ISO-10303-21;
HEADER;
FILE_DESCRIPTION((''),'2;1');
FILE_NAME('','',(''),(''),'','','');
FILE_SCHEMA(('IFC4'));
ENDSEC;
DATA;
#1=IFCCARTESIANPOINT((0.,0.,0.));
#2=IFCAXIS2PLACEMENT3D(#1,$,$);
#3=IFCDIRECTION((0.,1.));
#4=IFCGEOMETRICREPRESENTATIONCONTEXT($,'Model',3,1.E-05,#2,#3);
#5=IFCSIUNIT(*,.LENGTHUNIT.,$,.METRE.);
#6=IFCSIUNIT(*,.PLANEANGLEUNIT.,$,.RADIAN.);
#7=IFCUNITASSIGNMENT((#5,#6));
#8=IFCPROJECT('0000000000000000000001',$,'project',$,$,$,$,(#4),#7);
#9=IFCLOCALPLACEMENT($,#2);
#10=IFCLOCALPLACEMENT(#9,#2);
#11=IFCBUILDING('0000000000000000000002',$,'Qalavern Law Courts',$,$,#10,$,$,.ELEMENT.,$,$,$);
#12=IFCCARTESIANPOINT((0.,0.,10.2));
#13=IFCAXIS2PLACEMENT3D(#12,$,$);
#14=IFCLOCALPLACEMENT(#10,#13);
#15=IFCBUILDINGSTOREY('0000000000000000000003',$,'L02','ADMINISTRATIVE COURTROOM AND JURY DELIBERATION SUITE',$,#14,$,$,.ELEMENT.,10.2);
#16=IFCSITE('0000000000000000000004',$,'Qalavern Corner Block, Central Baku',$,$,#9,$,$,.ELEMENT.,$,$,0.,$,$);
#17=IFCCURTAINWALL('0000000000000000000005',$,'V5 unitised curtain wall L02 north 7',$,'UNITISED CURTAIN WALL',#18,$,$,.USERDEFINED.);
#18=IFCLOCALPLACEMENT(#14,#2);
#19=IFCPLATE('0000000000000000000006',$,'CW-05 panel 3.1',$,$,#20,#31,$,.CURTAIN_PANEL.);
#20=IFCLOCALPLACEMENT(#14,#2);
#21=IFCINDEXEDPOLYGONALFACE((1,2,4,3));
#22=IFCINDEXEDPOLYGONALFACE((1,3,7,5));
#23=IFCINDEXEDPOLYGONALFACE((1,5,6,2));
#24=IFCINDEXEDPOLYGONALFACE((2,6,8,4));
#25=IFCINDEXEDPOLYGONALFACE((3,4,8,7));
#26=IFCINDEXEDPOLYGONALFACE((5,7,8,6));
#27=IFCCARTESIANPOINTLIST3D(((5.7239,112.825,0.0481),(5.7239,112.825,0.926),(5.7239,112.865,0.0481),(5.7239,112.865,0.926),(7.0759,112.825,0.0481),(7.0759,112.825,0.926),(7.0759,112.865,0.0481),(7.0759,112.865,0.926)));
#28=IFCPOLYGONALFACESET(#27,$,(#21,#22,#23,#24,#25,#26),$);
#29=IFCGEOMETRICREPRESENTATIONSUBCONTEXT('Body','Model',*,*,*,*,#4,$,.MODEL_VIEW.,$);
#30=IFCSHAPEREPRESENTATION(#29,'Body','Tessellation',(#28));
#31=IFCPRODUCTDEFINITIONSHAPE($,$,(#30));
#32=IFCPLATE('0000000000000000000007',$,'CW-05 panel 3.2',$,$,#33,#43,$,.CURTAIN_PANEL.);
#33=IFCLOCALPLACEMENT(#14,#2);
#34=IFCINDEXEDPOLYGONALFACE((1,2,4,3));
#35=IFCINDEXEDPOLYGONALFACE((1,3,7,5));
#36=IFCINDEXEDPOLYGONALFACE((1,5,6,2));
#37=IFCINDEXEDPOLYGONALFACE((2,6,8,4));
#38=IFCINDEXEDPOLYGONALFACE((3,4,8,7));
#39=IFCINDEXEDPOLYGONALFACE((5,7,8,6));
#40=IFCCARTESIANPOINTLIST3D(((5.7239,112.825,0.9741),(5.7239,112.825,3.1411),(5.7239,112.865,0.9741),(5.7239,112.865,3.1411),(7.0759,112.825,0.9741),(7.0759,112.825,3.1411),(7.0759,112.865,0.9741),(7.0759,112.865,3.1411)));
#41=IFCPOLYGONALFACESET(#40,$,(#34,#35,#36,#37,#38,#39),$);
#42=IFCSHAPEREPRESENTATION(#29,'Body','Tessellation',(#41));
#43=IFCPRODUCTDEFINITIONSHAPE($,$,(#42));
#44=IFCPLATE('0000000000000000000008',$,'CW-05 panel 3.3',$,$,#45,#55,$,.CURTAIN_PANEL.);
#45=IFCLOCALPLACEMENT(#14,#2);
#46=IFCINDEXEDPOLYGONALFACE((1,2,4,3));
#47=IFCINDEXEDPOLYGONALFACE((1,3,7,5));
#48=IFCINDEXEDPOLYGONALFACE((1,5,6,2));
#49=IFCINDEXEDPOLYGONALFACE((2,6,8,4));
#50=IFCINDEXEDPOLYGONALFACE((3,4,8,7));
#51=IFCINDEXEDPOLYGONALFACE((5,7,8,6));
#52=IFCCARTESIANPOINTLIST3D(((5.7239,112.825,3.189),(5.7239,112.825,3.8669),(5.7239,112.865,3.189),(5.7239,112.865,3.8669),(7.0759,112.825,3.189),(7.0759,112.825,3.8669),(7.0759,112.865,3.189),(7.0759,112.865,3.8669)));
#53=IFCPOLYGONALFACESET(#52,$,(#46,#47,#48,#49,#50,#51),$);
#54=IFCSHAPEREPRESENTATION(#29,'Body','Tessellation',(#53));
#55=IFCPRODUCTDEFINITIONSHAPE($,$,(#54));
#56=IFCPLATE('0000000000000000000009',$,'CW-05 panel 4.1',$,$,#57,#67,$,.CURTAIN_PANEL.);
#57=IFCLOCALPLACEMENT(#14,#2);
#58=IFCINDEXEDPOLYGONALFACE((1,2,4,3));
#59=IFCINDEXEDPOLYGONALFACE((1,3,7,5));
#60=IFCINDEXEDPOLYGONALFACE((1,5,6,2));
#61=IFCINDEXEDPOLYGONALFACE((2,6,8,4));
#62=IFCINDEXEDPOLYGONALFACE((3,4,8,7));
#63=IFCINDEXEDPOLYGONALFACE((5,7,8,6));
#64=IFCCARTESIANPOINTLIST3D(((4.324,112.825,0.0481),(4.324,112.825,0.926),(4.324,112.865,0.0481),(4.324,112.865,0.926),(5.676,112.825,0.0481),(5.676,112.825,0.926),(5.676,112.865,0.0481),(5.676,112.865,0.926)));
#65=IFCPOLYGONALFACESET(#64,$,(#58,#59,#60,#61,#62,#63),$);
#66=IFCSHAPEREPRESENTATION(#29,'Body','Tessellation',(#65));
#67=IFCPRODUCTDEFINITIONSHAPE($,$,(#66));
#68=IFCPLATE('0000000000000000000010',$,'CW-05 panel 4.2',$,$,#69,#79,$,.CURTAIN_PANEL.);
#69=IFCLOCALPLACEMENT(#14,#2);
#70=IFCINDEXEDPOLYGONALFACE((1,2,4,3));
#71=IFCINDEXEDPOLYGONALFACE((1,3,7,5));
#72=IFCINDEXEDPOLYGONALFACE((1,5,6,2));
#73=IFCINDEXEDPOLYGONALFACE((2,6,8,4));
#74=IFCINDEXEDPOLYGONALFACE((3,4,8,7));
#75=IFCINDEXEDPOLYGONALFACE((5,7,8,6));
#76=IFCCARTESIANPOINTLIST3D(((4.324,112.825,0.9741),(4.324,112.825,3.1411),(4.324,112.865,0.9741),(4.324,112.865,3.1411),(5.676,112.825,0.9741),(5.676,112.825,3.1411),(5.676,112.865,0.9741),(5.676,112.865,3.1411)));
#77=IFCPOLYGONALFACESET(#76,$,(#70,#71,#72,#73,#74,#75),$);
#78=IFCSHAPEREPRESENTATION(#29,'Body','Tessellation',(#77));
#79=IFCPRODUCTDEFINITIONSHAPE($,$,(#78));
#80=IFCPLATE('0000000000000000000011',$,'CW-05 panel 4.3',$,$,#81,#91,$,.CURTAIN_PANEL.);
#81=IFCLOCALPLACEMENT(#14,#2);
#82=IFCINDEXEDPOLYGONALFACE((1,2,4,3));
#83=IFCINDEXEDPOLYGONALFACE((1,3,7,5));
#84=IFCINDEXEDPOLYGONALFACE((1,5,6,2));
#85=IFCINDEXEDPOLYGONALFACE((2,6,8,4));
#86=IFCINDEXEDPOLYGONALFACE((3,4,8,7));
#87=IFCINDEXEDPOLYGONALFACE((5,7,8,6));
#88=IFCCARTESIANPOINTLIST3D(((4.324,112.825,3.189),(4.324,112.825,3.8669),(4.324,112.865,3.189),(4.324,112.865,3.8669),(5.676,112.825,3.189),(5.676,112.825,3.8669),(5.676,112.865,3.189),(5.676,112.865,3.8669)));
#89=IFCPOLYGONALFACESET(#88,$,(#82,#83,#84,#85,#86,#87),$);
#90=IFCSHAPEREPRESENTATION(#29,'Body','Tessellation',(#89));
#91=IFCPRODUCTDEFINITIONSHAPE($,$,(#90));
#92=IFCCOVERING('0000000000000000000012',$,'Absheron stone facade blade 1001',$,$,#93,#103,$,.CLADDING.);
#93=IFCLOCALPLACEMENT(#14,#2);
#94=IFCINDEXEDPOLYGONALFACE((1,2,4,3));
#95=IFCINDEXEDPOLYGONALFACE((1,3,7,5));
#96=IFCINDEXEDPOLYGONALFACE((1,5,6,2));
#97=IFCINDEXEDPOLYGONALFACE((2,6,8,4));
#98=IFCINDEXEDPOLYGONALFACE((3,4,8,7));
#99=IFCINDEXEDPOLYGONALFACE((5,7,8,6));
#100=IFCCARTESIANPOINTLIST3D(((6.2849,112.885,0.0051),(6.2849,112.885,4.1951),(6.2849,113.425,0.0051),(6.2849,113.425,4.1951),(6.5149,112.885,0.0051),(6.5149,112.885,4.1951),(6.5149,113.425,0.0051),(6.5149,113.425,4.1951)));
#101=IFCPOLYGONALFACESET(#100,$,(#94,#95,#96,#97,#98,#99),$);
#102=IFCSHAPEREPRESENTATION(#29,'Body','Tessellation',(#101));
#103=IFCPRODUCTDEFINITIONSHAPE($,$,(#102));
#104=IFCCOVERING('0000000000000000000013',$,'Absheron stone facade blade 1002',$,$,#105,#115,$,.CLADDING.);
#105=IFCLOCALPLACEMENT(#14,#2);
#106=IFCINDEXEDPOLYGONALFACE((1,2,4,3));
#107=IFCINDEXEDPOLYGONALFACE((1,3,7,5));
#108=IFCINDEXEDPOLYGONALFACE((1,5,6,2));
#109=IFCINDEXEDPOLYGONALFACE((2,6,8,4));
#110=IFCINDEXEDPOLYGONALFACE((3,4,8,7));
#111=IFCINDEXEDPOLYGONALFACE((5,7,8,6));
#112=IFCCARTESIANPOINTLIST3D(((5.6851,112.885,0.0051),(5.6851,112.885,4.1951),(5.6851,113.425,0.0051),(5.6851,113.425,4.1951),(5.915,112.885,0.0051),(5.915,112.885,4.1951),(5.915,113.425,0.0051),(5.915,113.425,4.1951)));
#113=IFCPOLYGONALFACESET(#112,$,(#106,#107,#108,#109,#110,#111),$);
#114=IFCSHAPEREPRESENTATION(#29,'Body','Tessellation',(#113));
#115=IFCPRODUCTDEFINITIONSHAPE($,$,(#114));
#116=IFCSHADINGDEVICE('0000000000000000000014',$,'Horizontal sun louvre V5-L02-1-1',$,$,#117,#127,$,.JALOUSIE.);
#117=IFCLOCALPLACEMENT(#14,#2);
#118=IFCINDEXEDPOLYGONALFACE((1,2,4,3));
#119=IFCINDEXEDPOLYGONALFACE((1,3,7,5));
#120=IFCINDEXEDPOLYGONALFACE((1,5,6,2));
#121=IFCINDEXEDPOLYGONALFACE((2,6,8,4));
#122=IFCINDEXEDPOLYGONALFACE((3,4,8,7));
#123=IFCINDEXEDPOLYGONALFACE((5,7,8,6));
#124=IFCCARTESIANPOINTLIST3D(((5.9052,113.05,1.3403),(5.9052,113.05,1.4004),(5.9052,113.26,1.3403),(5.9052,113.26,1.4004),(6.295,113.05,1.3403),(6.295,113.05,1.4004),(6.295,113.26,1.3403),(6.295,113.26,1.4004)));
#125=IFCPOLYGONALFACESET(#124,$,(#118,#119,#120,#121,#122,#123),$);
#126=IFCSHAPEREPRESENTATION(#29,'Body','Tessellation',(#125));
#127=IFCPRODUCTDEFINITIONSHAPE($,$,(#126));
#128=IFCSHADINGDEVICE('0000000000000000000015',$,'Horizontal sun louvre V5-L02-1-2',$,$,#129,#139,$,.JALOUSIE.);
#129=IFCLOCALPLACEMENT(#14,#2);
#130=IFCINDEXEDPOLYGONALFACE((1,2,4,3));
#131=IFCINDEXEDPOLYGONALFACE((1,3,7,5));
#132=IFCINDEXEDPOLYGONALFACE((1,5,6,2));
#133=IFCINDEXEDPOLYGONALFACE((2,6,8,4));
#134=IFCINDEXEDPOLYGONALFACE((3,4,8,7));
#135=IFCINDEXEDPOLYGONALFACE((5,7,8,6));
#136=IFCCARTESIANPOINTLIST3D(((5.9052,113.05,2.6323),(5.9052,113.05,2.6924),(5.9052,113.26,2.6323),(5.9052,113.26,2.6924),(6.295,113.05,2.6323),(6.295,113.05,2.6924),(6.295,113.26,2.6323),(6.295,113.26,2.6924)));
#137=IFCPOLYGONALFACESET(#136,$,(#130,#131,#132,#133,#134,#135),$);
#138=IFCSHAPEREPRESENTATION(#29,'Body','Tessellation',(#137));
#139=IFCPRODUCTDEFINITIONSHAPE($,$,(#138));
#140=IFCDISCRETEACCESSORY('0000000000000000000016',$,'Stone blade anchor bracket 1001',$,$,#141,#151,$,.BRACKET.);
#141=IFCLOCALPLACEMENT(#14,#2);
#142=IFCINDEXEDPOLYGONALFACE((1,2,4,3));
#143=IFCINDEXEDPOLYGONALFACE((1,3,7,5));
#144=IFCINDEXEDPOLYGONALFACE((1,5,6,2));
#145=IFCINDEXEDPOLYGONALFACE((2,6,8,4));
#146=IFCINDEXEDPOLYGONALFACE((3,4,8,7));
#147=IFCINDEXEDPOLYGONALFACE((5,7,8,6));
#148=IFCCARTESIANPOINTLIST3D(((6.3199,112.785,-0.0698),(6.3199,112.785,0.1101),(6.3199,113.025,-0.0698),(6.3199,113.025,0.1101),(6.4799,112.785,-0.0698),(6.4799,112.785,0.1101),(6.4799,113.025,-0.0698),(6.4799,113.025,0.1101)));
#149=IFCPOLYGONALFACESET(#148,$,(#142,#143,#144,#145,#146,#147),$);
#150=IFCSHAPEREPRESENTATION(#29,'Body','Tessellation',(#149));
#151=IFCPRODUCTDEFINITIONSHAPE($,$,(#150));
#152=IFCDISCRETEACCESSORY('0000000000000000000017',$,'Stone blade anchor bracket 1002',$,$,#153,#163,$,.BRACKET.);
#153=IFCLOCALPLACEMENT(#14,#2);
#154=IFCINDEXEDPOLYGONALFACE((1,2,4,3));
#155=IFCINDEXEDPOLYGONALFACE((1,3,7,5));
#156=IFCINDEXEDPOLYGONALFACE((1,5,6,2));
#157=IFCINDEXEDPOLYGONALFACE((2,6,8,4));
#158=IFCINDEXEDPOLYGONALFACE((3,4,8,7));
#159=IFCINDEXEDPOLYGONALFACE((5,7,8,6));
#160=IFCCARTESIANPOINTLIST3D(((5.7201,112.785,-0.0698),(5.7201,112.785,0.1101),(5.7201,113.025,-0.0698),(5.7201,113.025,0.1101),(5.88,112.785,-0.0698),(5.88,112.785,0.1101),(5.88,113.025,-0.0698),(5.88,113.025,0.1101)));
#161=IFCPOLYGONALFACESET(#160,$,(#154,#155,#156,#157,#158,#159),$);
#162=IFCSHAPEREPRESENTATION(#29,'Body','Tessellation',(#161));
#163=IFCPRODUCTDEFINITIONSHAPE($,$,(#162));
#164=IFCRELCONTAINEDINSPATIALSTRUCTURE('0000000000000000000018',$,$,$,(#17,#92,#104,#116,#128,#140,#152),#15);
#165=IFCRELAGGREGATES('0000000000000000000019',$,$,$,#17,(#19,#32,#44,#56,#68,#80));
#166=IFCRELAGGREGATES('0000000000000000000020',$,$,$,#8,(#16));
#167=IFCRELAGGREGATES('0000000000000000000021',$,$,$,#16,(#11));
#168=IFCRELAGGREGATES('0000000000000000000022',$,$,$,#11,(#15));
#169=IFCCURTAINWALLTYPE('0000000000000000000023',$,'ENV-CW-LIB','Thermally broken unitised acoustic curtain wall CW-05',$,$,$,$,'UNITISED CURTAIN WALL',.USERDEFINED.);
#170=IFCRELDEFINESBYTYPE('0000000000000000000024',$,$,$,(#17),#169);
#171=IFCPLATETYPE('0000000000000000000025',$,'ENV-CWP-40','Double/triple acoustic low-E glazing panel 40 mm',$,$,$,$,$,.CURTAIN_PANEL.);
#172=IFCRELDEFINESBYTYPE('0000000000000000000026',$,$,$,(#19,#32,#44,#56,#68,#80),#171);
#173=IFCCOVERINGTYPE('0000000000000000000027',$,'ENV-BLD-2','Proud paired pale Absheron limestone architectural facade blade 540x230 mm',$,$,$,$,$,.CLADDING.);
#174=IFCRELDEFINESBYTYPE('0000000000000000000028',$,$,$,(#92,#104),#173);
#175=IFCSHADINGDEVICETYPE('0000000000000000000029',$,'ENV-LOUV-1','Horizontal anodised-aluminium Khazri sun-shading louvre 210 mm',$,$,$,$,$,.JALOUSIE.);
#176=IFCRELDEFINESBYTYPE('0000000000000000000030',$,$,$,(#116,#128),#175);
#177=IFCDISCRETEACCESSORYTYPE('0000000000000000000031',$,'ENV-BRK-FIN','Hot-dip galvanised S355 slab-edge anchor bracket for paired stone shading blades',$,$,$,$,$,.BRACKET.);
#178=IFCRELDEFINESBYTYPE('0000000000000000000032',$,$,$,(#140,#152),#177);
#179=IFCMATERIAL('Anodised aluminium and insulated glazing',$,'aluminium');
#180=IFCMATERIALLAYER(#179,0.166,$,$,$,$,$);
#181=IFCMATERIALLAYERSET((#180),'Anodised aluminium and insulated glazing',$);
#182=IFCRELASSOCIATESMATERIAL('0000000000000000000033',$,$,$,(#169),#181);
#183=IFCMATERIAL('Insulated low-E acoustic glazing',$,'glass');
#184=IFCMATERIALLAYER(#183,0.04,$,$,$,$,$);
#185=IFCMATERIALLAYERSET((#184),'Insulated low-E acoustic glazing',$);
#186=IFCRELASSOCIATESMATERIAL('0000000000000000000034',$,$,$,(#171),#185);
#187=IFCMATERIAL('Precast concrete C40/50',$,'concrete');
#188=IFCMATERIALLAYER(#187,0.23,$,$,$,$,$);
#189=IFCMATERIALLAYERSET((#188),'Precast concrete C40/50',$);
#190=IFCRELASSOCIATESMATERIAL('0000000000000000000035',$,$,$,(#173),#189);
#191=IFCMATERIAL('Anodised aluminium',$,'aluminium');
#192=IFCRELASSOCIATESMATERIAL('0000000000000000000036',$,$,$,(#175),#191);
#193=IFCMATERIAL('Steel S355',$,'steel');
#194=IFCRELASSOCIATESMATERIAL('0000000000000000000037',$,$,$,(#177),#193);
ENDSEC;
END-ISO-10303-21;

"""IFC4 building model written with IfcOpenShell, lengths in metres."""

from ifc_helpers import new_model, si_unit, direction, frame, origin, origin_2d, place, context, subcontext, project, spatial, rectangle, extrude, material, layer, layer_set, type_object, element, aggregate, save


model = new_model("IFC4")

# Units and contexts
model_context = context("Model", 3, precision=1e-05, world=origin(), true_north=direction((0.0, 1.0)))
body_context = subcontext(model_context, "Body", "Model", "MODEL_VIEW")
ifc_project = project(units=[si_unit("LENGTHUNIT", "METRE"), si_unit("PLANEANGLEUNIT", "RADIAN")], contexts=[model_context])

# Site, building, storey
site_placement = place(None, origin())
site = spatial("IfcSite", under=ifc_project, at=site_placement, Name="Qalavern Corner Block, Central Baku", CompositionType="ELEMENT", RefElevation=0.0)
building_placement = place(site_placement, origin())
building = spatial("IfcBuilding", under=site, at=building_placement, Name="Qalavern Law Courts", CompositionType="ELEMENT")
storey_placement = place(building_placement, frame((0.0, 0.0, 10.2)))
storey = spatial("IfcBuildingStorey", under=building, at=storey_placement, Name="L02", Description="ADMINISTRATIVE COURTROOM AND JURY DELIBERATION SUITE", CompositionType="ELEMENT", Elevation=10.2)

# Curtain wall, plates
ifc_material_1 = material(Name="Anodised aluminium and insulated glazing", Category="aluminium")
ifc_layer_1 = layer(ifc_material_1, 0.166)
ifc_layer_set_1 = layer_set([ifc_layer_1], Name="Anodised aluminium and insulated glazing")
curtain_wall_type = type_object("IfcCurtainWallType", Name="ENV-CW-LIB", Description="Thermally broken unitised acoustic curtain wall CW-05", ElementType="UNITISED CURTAIN WALL", PredefinedType="USERDEFINED", material=ifc_layer_set_1)
curtain_wall_placement = place(storey_placement, origin())
curtain_wall = element("IfcCurtainWall", 1, at=curtain_wall_placement, inside=storey, type_object=curtain_wall_type, Name="V5 unitised curtain wall L02 north 7", ObjectType="UNITISED CURTAIN WALL", PredefinedType="USERDEFINED")
ifc_material_2 = material(Name="Anodised aluminium", Category="aluminium")
ifc_material_3 = material(Name="Insulated low-E acoustic glazing", Category="glass")
ifc_layer_2 = layer(ifc_material_3, 0.04)
ifc_layer_set_2 = layer_set([ifc_layer_2], Name="Insulated low-E acoustic glazing")
plate_type = type_object("IfcPlateType", Name="ENV-CWP-40", Description="Double/triple acoustic low-E glazing panel 40 mm", PredefinedType="CURTAIN_PANEL", material=ifc_layer_set_2)
plate_1_placement = place(storey_placement, frame((6.3999, 112.845, 0.0481), z_axis=(0.0, 0.0, 1.0), x_axis=(-1.0, 0.0, 0.0)))
plate_1 = element("IfcPlate", 2, at=plate_1_placement, type_object=plate_type, Name="CW-05 panel 3.1", PredefinedType="CURTAIN_PANEL", context=body_context, shape_type="SweptSolid", body=[
    extrude(rectangle(XDim=1.3521, YDim=0.04, at=origin_2d()), origin(), (0.0, 0.0, 1.0), 0.8779),
])
plate_2_placement = place(storey_placement, frame((6.3999, 112.845, 0.9741), z_axis=(0.0, 0.0, 1.0), x_axis=(-1.0, 0.0, 0.0)))
plate_2 = element("IfcPlate", 3, at=plate_2_placement, type_object=plate_type, Name="CW-05 panel 3.2", PredefinedType="CURTAIN_PANEL", context=body_context, shape_type="SweptSolid", body=[
    extrude(rectangle(XDim=1.3521, YDim=0.04, at=origin_2d()), origin(), (0.0, 0.0, 1.0), 2.167),
])
plate_3_placement = place(storey_placement, frame((6.3999, 112.845, 3.189), z_axis=(0.0, 0.0, 1.0), x_axis=(-1.0, 0.0, 0.0)))
plate_3 = element("IfcPlate", 4, at=plate_3_placement, type_object=plate_type, Name="CW-05 panel 3.3", PredefinedType="CURTAIN_PANEL", context=body_context, shape_type="SweptSolid", body=[
    extrude(rectangle(XDim=1.3521, YDim=0.04, at=origin_2d()), origin(), (0.0, 0.0, 1.0), 0.678),
])
plate_4_placement = place(storey_placement, frame((5.0, 112.845, 0.0481), z_axis=(0.0, 0.0, 1.0), x_axis=(-1.0, 0.0, 0.0)))
plate_4 = element("IfcPlate", 5, at=plate_4_placement, type_object=plate_type, Name="CW-05 panel 4.1", PredefinedType="CURTAIN_PANEL", context=body_context, shape_type="SweptSolid", body=[
    extrude(rectangle(XDim=1.3521, YDim=0.04, at=origin_2d()), origin(), (0.0, 0.0, 1.0), 0.8779),
])
plate_5_placement = place(storey_placement, frame((5.0, 112.845, 0.9741), z_axis=(0.0, 0.0, 1.0), x_axis=(-1.0, 0.0, 0.0)))
plate_5 = element("IfcPlate", 6, at=plate_5_placement, type_object=plate_type, Name="CW-05 panel 4.2", PredefinedType="CURTAIN_PANEL", context=body_context, shape_type="SweptSolid", body=[
    extrude(rectangle(XDim=1.3521, YDim=0.04, at=origin_2d()), origin(), (0.0, 0.0, 1.0), 2.167),
])
plate_6_placement = place(storey_placement, frame((5.0, 112.845, 3.189), z_axis=(0.0, 0.0, 1.0), x_axis=(-1.0, 0.0, 0.0)))
plate_6 = element("IfcPlate", 7, at=plate_6_placement, type_object=plate_type, Name="CW-05 panel 4.3", PredefinedType="CURTAIN_PANEL", context=body_context, shape_type="SweptSolid", body=[
    extrude(rectangle(XDim=1.3521, YDim=0.04, at=origin_2d()), origin(), (0.0, 0.0, 1.0), 0.678),
])
aggregate(curtain_wall, [plate_1, plate_2, plate_3, plate_4, plate_5, plate_6])

# Coverings
ifc_material_4 = material(Name="Precast concrete C40/50", Category="concrete")
ifc_layer_3 = layer(ifc_material_4, 0.23)
ifc_layer_set_3 = layer_set([ifc_layer_3], Name="Precast concrete C40/50")
covering_type = type_object("IfcCoveringType", Name="ENV-BLD-2", Description="Proud paired pale Absheron limestone architectural facade blade 540x230 mm", PredefinedType="CLADDING", material=ifc_layer_set_3)
for number, where, z_axis, x_axis, name in (
    (8, (6.3999, 113.155, 0.0051), (0.0, 0.0, 1.0), (0.0, 1.0, 0.0), "Absheron stone facade blade 1001"),
    (9, (5.8, 113.155, 0.0051), (0.0, 0.0, 1.0), (0.0, 1.0, 0.0), "Absheron stone facade blade 1002"),
):
    element("IfcCovering", number, at=place(storey_placement, frame(where, z_axis=z_axis, x_axis=x_axis)), inside=storey, type_object=covering_type, Name=name, PredefinedType="CLADDING", context=body_context, shape_type="SweptSolid", body=[
        extrude(rectangle(XDim=0.54, YDim=0.23, at=origin_2d()), origin(), (0.0, 0.0, 1.0), 4.1899),
    ])

# Shading devices
shading_device_type = type_object("IfcShadingDeviceType", Name="ENV-LOUV-1", Description="Horizontal anodised-aluminium Khazri sun-shading louvre 210 mm", PredefinedType="JALOUSIE", material=ifc_material_2)
for number, where, z_axis, x_axis, name in (
    (10, (6.1001, 113.155, 1.3403), (0.0, 0.0, 1.0), (-1.0, 0.0, 0.0), "Horizontal sun louvre V5-L02-1-1"),
    (11, (6.1001, 113.155, 2.6323), (0.0, 0.0, 1.0), (-1.0, 0.0, 0.0), "Horizontal sun louvre V5-L02-1-2"),
):
    element("IfcShadingDevice", number, at=place(storey_placement, frame(where, z_axis=z_axis, x_axis=x_axis)), inside=storey, type_object=shading_device_type, Name=name, PredefinedType="JALOUSIE", context=body_context, shape_type="SweptSolid", body=[
        extrude(rectangle(XDim=0.3899, YDim=0.21, at=origin_2d()), origin(), (0.0, 0.0, 1.0), 0.0601),
    ])

# Discrete accessories
ifc_material_5 = material(Name="Steel S355", Category="steel")
discrete_accessory_type = type_object("IfcDiscreteAccessoryType", Name="ENV-BRK-FIN", Description="Hot-dip galvanised S355 slab-edge anchor bracket for paired stone shading blades", PredefinedType="BRACKET", material=ifc_material_5)
for number, where, z_axis, x_axis, name in (
    (12, (6.3999, 112.905, -0.0698), (0.0, 0.0, 1.0), (0.0, 1.0, 0.0), "Stone blade anchor bracket 1001"),
    (13, (5.8, 112.905, -0.0698), (0.0, 0.0, 1.0), (0.0, 1.0, 0.0), "Stone blade anchor bracket 1002"),
):
    element("IfcDiscreteAccessory", number, at=place(storey_placement, frame(where, z_axis=z_axis, x_axis=x_axis)), inside=storey, type_object=discrete_accessory_type, Name=name, PredefinedType="BRACKET", context=body_context, shape_type="SweptSolid", body=[
        extrude(rectangle(XDim=0.24, YDim=0.1599, at=origin_2d()), origin(), (0.0, 0.0, 1.0), 0.1799),
    ])

save(model, "model.ifc")
